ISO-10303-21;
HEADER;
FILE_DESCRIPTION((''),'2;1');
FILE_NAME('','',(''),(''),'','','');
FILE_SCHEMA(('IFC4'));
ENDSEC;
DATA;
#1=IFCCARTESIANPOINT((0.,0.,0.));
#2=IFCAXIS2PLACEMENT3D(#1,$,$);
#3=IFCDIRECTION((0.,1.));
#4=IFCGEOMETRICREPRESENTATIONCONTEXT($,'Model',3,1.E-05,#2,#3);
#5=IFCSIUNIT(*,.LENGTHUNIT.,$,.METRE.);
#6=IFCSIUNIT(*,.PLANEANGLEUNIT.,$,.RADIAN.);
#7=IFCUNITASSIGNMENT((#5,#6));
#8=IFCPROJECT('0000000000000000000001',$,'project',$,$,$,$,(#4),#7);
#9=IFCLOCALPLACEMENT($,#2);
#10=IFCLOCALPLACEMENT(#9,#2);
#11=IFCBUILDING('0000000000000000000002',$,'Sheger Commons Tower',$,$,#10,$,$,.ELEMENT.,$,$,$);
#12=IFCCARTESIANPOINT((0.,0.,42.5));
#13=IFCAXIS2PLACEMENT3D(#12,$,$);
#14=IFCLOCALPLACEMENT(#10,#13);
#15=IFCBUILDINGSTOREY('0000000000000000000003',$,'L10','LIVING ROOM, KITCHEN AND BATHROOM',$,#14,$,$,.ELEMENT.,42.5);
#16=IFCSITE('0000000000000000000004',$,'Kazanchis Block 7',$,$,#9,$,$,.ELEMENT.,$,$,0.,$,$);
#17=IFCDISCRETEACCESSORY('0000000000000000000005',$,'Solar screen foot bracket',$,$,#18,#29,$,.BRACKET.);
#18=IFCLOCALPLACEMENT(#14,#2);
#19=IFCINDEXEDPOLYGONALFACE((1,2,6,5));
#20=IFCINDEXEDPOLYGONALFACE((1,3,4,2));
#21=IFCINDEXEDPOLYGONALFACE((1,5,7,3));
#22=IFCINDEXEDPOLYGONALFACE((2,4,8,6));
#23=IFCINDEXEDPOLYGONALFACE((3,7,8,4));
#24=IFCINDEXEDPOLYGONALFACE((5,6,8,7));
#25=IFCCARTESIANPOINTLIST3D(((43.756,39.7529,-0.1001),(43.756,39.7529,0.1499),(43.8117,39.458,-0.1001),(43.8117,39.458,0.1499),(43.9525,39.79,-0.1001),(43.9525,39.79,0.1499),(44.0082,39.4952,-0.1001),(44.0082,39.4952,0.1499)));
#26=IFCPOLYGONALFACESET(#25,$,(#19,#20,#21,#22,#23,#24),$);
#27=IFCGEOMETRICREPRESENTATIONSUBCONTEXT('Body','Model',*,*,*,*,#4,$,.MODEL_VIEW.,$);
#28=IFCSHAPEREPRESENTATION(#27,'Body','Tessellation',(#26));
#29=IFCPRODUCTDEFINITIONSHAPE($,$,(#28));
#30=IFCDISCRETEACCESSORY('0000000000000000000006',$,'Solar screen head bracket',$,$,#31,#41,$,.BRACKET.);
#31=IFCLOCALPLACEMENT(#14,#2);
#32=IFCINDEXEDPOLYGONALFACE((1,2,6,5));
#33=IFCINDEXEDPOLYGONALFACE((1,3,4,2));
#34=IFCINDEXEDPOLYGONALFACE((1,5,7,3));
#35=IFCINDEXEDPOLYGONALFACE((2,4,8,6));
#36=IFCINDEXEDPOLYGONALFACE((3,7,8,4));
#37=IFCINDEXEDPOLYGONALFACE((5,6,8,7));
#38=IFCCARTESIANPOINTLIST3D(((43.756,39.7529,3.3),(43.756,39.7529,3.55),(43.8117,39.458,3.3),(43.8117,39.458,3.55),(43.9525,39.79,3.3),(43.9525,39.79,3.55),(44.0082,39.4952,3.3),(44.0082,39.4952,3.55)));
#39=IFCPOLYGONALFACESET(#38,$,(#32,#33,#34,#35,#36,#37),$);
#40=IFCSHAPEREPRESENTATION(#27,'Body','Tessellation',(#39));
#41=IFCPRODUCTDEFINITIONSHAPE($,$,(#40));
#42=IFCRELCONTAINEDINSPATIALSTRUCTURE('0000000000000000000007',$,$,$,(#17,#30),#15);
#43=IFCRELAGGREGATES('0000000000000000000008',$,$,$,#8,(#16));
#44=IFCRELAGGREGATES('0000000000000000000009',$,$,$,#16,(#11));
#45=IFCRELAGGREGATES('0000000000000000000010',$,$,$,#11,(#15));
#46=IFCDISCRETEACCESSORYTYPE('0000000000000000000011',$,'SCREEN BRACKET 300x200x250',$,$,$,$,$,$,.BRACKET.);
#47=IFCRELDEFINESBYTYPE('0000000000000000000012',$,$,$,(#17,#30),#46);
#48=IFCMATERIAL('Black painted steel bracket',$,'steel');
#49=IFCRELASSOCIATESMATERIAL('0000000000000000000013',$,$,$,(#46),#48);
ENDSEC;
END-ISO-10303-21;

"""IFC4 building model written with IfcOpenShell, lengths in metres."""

from ifc_helpers import new_model, si_unit, direction, frame, origin, origin_2d, place, context, subcontext, project, spatial, rectangle, extrude, material, type_object, element, save


model = new_model("IFC4")

# Units and contexts
model_context = context("Model", 3, precision=1e-05, world=origin(), true_north=direction((0.0, 1.0)))
body_context = subcontext(model_context, "Body", "Model", "MODEL_VIEW")
ifc_project = project(units=[si_unit("LENGTHUNIT", "METRE"), si_unit("PLANEANGLEUNIT", "RADIAN")], contexts=[model_context])

# Site, building, storey
site_placement = place(None, origin())
site = spatial("IfcSite", under=ifc_project, at=site_placement, Name="Kazanchis Block 7", CompositionType="ELEMENT", RefElevation=0.0)
building_placement = place(site_placement, origin())
building = spatial("IfcBuilding", under=site, at=building_placement, Name="Sheger Commons Tower", CompositionType="ELEMENT")
storey_placement = place(building_placement, frame((0.0, 0.0, 42.5)))
storey = spatial("IfcBuildingStorey", under=building, at=storey_placement, Name="L10", Description="LIVING ROOM, KITCHEN AND BATHROOM", CompositionType="ELEMENT", Elevation=42.5)

# Discrete accessories
ifc_material_1 = material(Name="Black painted steel bracket", Category="steel")
discrete_accessory_type = type_object("IfcDiscreteAccessoryType", Name="SCREEN BRACKET 300x200x250", PredefinedType="BRACKET", material=ifc_material_1)
for number, where, z_axis, x_axis, name in (
    (1, (43.8821, 39.624, -0.1001), (0.0, 0.0, 1.0), (-0.185615, 0.982623, 0.0), "Solar screen foot bracket"),
    (2, (43.8821, 39.624, 3.3), (0.0, 0.0, 1.0), (-0.185615, 0.982623, 0.0), "Solar screen head bracket"),
):
    element("IfcDiscreteAccessory", number, at=place(storey_placement, frame(where, z_axis=z_axis, x_axis=x_axis)), inside=storey, type_object=discrete_accessory_type, Name=name, PredefinedType="BRACKET", context=body_context, shape_type="SweptSolid", body=[
        extrude(rectangle(XDim=0.3, YDim=0.2, at=origin_2d()), origin(), (0.0, 0.0, 1.0), 0.25),
    ])

save(model, "model.ifc")
